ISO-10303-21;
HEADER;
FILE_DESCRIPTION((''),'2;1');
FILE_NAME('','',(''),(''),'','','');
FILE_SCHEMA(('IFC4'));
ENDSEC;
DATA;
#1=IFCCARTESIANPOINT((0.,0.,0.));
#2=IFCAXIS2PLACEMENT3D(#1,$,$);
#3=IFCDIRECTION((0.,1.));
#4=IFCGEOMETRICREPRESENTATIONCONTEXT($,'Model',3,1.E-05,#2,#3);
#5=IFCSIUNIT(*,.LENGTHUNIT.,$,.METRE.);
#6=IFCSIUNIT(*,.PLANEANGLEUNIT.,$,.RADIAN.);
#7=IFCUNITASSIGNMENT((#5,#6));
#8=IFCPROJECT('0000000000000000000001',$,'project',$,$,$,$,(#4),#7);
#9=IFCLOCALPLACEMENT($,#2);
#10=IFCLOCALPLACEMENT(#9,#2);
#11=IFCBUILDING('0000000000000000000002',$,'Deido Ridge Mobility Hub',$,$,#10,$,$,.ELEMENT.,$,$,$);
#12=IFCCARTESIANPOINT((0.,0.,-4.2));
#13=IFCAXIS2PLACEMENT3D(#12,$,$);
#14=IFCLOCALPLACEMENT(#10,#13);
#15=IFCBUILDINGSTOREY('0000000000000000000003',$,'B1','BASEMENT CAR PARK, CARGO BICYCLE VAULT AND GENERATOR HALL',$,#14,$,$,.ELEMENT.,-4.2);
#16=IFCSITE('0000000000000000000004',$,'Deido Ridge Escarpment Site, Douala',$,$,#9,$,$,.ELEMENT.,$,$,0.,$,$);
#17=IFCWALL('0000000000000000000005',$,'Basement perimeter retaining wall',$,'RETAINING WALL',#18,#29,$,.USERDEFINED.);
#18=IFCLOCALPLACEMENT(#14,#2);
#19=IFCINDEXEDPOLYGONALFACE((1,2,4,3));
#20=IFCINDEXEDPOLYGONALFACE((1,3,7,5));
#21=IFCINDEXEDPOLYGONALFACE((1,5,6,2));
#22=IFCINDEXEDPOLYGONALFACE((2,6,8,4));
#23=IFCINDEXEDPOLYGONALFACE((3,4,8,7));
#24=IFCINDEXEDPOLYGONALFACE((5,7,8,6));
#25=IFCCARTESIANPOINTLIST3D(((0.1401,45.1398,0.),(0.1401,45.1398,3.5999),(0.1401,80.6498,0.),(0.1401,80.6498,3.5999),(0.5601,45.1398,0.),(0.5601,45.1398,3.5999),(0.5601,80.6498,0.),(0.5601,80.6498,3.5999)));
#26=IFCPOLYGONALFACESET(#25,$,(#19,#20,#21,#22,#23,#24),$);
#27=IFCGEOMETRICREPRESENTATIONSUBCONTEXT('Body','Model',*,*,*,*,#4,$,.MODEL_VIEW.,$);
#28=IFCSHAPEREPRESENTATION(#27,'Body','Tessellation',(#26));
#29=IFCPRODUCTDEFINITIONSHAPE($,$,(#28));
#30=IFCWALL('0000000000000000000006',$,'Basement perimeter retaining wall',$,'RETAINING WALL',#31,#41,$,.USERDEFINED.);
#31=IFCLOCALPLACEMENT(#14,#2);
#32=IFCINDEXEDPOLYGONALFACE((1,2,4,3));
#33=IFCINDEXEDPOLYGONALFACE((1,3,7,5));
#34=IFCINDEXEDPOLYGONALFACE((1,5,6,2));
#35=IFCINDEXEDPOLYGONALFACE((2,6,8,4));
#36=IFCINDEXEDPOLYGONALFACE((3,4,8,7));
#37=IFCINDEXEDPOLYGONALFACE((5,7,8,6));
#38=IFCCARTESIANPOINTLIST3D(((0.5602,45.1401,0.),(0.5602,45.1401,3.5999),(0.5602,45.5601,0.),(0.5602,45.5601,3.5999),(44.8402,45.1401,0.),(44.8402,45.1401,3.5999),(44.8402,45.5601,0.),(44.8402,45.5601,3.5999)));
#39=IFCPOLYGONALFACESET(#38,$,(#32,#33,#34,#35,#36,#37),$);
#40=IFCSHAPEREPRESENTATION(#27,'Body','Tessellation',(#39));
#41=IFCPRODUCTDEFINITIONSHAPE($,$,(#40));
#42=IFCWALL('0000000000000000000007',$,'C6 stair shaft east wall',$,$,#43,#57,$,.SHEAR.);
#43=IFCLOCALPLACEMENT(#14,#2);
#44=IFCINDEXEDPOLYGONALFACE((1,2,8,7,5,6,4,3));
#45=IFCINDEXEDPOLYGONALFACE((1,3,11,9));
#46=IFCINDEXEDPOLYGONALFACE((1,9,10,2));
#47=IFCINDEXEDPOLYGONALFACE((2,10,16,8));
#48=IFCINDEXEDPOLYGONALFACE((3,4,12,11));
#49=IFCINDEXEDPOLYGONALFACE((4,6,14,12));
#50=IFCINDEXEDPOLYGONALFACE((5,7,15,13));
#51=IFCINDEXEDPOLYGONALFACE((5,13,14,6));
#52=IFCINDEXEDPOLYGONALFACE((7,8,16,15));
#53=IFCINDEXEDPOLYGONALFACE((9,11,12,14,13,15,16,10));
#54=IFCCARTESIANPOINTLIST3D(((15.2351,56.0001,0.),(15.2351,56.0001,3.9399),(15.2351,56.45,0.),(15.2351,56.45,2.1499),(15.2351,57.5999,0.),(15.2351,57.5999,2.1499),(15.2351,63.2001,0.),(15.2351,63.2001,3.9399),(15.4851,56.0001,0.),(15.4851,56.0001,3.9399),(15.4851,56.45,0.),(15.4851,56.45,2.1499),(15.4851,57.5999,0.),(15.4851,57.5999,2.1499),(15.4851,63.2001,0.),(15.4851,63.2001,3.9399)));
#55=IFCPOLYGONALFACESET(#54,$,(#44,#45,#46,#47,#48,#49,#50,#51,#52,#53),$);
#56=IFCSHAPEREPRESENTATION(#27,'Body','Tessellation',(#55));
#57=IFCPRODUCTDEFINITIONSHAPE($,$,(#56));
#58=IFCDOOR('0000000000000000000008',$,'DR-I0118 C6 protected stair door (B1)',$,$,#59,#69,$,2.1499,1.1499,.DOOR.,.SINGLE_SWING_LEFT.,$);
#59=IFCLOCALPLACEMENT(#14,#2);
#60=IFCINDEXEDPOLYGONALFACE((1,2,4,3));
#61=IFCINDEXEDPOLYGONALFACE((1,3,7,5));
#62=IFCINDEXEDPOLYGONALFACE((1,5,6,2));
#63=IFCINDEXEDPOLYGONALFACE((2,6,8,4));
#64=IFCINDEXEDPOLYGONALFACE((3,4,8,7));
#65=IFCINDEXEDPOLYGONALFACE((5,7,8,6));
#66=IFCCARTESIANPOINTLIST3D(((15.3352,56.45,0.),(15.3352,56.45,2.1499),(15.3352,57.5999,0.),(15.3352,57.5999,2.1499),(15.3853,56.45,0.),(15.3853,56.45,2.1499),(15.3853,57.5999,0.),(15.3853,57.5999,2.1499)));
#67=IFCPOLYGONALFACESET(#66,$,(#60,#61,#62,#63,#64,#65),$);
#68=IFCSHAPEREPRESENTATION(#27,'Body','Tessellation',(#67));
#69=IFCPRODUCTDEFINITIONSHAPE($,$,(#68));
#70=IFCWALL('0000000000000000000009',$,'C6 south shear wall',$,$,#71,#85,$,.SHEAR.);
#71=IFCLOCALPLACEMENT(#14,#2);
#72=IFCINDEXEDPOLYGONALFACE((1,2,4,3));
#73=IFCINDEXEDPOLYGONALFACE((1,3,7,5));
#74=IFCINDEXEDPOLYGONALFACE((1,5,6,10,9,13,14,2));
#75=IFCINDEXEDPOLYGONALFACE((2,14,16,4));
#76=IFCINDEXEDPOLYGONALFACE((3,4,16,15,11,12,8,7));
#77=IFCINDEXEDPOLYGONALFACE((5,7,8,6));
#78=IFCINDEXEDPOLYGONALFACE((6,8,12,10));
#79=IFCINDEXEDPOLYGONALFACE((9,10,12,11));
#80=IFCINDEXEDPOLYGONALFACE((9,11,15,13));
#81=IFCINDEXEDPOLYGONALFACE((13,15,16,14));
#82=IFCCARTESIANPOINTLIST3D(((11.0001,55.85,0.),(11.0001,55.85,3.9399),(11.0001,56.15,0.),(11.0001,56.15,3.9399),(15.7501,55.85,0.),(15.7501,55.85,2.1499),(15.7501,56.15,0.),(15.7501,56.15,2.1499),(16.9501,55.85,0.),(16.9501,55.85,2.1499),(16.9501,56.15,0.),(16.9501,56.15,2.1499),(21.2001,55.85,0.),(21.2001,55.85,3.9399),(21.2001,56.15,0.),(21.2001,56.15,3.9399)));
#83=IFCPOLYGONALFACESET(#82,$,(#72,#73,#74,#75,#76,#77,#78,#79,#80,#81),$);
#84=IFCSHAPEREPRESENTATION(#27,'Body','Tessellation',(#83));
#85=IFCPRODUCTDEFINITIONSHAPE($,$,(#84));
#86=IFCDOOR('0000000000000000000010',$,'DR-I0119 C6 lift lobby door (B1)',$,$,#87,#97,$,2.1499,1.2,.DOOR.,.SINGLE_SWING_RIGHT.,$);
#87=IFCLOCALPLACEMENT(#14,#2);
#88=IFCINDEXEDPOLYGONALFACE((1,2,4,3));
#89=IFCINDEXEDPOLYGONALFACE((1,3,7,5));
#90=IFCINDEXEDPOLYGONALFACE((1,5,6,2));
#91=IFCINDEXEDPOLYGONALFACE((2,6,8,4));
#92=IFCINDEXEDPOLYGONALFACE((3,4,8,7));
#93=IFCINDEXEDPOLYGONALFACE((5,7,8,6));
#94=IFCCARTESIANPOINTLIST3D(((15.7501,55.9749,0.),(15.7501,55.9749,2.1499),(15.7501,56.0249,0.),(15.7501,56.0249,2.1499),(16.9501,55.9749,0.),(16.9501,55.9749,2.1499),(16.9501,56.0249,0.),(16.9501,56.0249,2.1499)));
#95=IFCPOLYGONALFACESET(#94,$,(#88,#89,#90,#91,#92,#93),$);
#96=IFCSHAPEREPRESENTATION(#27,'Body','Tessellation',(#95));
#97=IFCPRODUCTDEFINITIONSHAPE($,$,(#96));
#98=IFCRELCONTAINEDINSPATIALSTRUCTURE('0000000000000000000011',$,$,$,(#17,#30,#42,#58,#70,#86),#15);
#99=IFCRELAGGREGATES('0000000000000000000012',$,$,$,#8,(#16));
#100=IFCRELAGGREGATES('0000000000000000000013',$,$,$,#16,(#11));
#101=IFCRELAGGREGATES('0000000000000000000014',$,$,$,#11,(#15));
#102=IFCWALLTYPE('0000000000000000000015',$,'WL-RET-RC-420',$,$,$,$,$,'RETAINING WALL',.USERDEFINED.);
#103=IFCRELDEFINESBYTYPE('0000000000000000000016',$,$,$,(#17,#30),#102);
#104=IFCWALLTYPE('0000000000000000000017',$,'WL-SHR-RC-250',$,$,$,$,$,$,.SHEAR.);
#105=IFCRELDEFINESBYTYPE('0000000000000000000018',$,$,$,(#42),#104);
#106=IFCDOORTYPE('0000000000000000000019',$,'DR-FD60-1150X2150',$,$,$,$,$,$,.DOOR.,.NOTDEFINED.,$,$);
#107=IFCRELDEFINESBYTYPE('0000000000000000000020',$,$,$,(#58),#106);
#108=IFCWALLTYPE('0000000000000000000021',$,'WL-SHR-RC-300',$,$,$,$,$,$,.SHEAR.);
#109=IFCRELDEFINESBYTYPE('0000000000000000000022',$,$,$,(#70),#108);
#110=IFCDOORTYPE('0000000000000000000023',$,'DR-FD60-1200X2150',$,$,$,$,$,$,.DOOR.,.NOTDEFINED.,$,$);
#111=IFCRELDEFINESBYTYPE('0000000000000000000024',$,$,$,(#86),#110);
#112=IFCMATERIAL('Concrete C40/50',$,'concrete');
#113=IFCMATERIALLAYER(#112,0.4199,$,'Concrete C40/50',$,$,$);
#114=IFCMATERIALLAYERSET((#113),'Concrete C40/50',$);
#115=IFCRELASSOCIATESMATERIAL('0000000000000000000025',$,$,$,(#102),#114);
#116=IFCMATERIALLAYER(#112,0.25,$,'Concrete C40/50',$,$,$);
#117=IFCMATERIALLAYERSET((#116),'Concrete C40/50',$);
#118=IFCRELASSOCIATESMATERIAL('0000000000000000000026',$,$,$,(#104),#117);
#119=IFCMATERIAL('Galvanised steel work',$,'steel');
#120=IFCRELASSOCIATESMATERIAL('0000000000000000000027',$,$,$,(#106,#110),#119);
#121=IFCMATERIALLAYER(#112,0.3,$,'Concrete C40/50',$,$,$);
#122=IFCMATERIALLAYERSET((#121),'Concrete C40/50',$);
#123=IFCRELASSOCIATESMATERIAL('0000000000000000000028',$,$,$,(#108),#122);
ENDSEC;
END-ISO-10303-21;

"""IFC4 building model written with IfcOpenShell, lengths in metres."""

from ifc_helpers import new_model, si_unit, direction, frame, frame_2d, origin, place, context, subcontext, project, spatial, rectangle, extrude, material, layer, layer_set, type_object, element, fill, save


model = new_model("IFC4")

# Units and contexts
model_context = context("Model", 3, precision=1e-05, world=origin(), true_north=direction((0.0, 1.0)))
body_context = subcontext(model_context, "Body", "Model", "MODEL_VIEW")
ifc_project = project(units=[si_unit("LENGTHUNIT", "METRE"), si_unit("PLANEANGLEUNIT", "RADIAN")], contexts=[model_context])

# Site, building, storey
site_placement = place(None, origin())
site = spatial("IfcSite", under=ifc_project, at=site_placement, Name="Deido Ridge Escarpment Site, Douala", CompositionType="ELEMENT", RefElevation=0.0)
building_placement = place(site_placement, origin())
building = spatial("IfcBuilding", under=site, at=building_placement, Name="Deido Ridge Mobility Hub", CompositionType="ELEMENT")
storey_placement = place(building_placement, frame((0.0, 0.0, -4.2)))
storey = spatial("IfcBuildingStorey", under=building, at=storey_placement, Name="B1", Description="BASEMENT CAR PARK, CARGO BICYCLE VAULT AND GENERATOR HALL", CompositionType="ELEMENT", Elevation=-4.2)

# Shared definitions
ifc_material_1 = material(Name="Concrete C40/50", Category="concrete")

# Walls
ifc_layer_1 = layer(ifc_material_1, 0.4199, Name="Concrete C40/50")
ifc_layer_set_1 = layer_set([ifc_layer_1], Name="Concrete C40/50")
wall_type_1 = type_object("IfcWallType", Name="WL-RET-RC-420", ElementType="RETAINING WALL", PredefinedType="USERDEFINED", material=ifc_layer_set_1)
wall_1_placement = place(storey_placement, frame((0.3501, 45.1399, 0.0), z_axis=(0.0, 0.0, 1.0), x_axis=(0.0, 1.0, 0.0)))
element("IfcWall", 1, at=wall_1_placement, inside=storey, type_object=wall_type_1, Name="Basement perimeter retaining wall", ObjectType="RETAINING WALL", PredefinedType="USERDEFINED", context=body_context, shape_type="SweptSolid", body=[
    extrude(rectangle(XDim=35.51, YDim=0.4199, at=frame_2d((17.7549, 0.0))), origin(), (0.0, 0.0, 1.0), 3.5999),
])
wall_2_placement = place(storey_placement, frame((0.5601, 45.3501, 0.0), z_axis=(0.0, 0.0, 1.0), x_axis=(1.0, 0.0, 0.0)))
element("IfcWall", 2, at=wall_2_placement, inside=storey, type_object=wall_type_1, Name="Basement perimeter retaining wall", ObjectType="RETAINING WALL", PredefinedType="USERDEFINED", context=body_context, shape_type="SweptSolid", body=[
    extrude(rectangle(XDim=44.28, YDim=0.4199, at=frame_2d((22.1401, 0.0))), origin(), (0.0, 0.0, 1.0), 3.5999),
])

# Walls, openings, doors
ifc_layer_2 = layer(ifc_material_1, 0.25, Name="Concrete C40/50")
ifc_layer_set_2 = layer_set([ifc_layer_2], Name="Concrete C40/50")
wall_type_2 = type_object("IfcWallType", Name="WL-SHR-RC-250", PredefinedType="SHEAR", material=ifc_layer_set_2)
wall_3_placement = place(storey_placement, frame((15.3601, 56.0, 0.0), z_axis=(0.0, 0.0, 1.0), x_axis=(0.0, 1.0, 0.0)))
wall_3 = element("IfcWall", 3, at=wall_3_placement, inside=storey, type_object=wall_type_2, Name="C6 stair shaft east wall", PredefinedType="SHEAR", context=body_context, shape_type="SweptSolid", body=[
    extrude(rectangle(XDim=7.2, YDim=0.25, at=frame_2d((3.6001, 0.0))), origin(), (0.0, 0.0, 1.0), 3.9399),
])
opening_1_placement = place(wall_3_placement, frame((0.45, 0.0, 0.0)))
opening_1 = element("IfcOpeningElement", 4, at=opening_1_placement, cuts=wall_3, PredefinedType="OPENING", context=body_context, shape_type="SweptSolid", body=[
    extrude(rectangle(XDim=1.1499, YDim=2.1499, at=frame_2d((0.575, 1.075))), frame((0.0, 0.135, 0.0), z_axis=(0.0, -1.0, 0.0), x_axis=(1.0, 0.0, 0.0)), (0.0, 0.0, 1.0), 0.27),
])
ifc_material_2 = material(Name="Galvanised steel work", Category="steel")
door_type_1 = type_object("IfcDoorType", Name="DR-FD60-1150X2150", OperationType="NOTDEFINED", PredefinedType="DOOR", material=ifc_material_2)
door_1_placement = place(opening_1_placement, origin())
door_1 = element("IfcDoor", 5, at=door_1_placement, inside=storey, type_object=door_type_1, Name="DR-I0118 C6 protected stair door (B1)", OperationType="SINGLE_SWING_LEFT", OverallHeight=2.1499, OverallWidth=1.1499, PredefinedType="DOOR", context=body_context, shape_type="SweptSolid", body=[
    extrude(rectangle(XDim=1.1499, YDim=2.1499, at=frame_2d((0.575, 1.075))), frame((0.0, 0.0249, 0.0), z_axis=(0.0, -1.0, 0.0), x_axis=(1.0, 0.0, 0.0)), (0.0, 0.0, 1.0), 0.05),
])
fill(opening_1, door_1)
ifc_layer_3 = layer(ifc_material_1, 0.3, Name="Concrete C40/50")
ifc_layer_set_3 = layer_set([ifc_layer_3], Name="Concrete C40/50")
wall_type_3 = type_object("IfcWallType", Name="WL-SHR-RC-300", PredefinedType="SHEAR", material=ifc_layer_set_3)
wall_4_placement = place(storey_placement, frame((11.0, 56.0, 0.0), z_axis=(0.0, 0.0, 1.0), x_axis=(1.0, 0.0, 0.0)))
wall_4 = element("IfcWall", 6, at=wall_4_placement, inside=storey, type_object=wall_type_3, Name="C6 south shear wall", PredefinedType="SHEAR", context=body_context, shape_type="SweptSolid", body=[
    extrude(rectangle(XDim=10.2, YDim=0.3, at=frame_2d((5.1001, 0.0))), origin(), (0.0, 0.0, 1.0), 3.9399),
])
opening_2_placement = place(wall_4_placement, frame((4.75, 0.0, 0.0)))
opening_2 = element("IfcOpeningElement", 7, at=opening_2_placement, cuts=wall_4, PredefinedType="OPENING", context=body_context, shape_type="SweptSolid", body=[
    extrude(rectangle(XDim=1.2, YDim=2.1499, at=frame_2d((0.6001, 1.075))), frame((0.0, 0.1602, 0.0), z_axis=(0.0, -1.0, 0.0), x_axis=(1.0, 0.0, 0.0)), (0.0, 0.0, 1.0), 0.3201),
])
door_type_2 = type_object("IfcDoorType", Name="DR-FD60-1200X2150", OperationType="NOTDEFINED", PredefinedType="DOOR", material=ifc_material_2)
door_2_placement = place(opening_2_placement, origin())
door_2 = element("IfcDoor", 8, at=door_2_placement, inside=storey, type_object=door_type_2, Name="DR-I0119 C6 lift lobby door (B1)", OperationType="SINGLE_SWING_RIGHT", OverallHeight=2.1499, OverallWidth=1.2, PredefinedType="DOOR", context=body_context, shape_type="SweptSolid", body=[
    extrude(rectangle(XDim=1.2, YDim=2.1499, at=frame_2d((0.6001, 1.075))), frame((0.0, 0.0249, 0.0), z_axis=(0.0, -1.0, 0.0), x_axis=(1.0, 0.0, 0.0)), (0.0, 0.0, 1.0), 0.05),
])
fill(opening_2, door_2)

save(model, "model.ifc")
